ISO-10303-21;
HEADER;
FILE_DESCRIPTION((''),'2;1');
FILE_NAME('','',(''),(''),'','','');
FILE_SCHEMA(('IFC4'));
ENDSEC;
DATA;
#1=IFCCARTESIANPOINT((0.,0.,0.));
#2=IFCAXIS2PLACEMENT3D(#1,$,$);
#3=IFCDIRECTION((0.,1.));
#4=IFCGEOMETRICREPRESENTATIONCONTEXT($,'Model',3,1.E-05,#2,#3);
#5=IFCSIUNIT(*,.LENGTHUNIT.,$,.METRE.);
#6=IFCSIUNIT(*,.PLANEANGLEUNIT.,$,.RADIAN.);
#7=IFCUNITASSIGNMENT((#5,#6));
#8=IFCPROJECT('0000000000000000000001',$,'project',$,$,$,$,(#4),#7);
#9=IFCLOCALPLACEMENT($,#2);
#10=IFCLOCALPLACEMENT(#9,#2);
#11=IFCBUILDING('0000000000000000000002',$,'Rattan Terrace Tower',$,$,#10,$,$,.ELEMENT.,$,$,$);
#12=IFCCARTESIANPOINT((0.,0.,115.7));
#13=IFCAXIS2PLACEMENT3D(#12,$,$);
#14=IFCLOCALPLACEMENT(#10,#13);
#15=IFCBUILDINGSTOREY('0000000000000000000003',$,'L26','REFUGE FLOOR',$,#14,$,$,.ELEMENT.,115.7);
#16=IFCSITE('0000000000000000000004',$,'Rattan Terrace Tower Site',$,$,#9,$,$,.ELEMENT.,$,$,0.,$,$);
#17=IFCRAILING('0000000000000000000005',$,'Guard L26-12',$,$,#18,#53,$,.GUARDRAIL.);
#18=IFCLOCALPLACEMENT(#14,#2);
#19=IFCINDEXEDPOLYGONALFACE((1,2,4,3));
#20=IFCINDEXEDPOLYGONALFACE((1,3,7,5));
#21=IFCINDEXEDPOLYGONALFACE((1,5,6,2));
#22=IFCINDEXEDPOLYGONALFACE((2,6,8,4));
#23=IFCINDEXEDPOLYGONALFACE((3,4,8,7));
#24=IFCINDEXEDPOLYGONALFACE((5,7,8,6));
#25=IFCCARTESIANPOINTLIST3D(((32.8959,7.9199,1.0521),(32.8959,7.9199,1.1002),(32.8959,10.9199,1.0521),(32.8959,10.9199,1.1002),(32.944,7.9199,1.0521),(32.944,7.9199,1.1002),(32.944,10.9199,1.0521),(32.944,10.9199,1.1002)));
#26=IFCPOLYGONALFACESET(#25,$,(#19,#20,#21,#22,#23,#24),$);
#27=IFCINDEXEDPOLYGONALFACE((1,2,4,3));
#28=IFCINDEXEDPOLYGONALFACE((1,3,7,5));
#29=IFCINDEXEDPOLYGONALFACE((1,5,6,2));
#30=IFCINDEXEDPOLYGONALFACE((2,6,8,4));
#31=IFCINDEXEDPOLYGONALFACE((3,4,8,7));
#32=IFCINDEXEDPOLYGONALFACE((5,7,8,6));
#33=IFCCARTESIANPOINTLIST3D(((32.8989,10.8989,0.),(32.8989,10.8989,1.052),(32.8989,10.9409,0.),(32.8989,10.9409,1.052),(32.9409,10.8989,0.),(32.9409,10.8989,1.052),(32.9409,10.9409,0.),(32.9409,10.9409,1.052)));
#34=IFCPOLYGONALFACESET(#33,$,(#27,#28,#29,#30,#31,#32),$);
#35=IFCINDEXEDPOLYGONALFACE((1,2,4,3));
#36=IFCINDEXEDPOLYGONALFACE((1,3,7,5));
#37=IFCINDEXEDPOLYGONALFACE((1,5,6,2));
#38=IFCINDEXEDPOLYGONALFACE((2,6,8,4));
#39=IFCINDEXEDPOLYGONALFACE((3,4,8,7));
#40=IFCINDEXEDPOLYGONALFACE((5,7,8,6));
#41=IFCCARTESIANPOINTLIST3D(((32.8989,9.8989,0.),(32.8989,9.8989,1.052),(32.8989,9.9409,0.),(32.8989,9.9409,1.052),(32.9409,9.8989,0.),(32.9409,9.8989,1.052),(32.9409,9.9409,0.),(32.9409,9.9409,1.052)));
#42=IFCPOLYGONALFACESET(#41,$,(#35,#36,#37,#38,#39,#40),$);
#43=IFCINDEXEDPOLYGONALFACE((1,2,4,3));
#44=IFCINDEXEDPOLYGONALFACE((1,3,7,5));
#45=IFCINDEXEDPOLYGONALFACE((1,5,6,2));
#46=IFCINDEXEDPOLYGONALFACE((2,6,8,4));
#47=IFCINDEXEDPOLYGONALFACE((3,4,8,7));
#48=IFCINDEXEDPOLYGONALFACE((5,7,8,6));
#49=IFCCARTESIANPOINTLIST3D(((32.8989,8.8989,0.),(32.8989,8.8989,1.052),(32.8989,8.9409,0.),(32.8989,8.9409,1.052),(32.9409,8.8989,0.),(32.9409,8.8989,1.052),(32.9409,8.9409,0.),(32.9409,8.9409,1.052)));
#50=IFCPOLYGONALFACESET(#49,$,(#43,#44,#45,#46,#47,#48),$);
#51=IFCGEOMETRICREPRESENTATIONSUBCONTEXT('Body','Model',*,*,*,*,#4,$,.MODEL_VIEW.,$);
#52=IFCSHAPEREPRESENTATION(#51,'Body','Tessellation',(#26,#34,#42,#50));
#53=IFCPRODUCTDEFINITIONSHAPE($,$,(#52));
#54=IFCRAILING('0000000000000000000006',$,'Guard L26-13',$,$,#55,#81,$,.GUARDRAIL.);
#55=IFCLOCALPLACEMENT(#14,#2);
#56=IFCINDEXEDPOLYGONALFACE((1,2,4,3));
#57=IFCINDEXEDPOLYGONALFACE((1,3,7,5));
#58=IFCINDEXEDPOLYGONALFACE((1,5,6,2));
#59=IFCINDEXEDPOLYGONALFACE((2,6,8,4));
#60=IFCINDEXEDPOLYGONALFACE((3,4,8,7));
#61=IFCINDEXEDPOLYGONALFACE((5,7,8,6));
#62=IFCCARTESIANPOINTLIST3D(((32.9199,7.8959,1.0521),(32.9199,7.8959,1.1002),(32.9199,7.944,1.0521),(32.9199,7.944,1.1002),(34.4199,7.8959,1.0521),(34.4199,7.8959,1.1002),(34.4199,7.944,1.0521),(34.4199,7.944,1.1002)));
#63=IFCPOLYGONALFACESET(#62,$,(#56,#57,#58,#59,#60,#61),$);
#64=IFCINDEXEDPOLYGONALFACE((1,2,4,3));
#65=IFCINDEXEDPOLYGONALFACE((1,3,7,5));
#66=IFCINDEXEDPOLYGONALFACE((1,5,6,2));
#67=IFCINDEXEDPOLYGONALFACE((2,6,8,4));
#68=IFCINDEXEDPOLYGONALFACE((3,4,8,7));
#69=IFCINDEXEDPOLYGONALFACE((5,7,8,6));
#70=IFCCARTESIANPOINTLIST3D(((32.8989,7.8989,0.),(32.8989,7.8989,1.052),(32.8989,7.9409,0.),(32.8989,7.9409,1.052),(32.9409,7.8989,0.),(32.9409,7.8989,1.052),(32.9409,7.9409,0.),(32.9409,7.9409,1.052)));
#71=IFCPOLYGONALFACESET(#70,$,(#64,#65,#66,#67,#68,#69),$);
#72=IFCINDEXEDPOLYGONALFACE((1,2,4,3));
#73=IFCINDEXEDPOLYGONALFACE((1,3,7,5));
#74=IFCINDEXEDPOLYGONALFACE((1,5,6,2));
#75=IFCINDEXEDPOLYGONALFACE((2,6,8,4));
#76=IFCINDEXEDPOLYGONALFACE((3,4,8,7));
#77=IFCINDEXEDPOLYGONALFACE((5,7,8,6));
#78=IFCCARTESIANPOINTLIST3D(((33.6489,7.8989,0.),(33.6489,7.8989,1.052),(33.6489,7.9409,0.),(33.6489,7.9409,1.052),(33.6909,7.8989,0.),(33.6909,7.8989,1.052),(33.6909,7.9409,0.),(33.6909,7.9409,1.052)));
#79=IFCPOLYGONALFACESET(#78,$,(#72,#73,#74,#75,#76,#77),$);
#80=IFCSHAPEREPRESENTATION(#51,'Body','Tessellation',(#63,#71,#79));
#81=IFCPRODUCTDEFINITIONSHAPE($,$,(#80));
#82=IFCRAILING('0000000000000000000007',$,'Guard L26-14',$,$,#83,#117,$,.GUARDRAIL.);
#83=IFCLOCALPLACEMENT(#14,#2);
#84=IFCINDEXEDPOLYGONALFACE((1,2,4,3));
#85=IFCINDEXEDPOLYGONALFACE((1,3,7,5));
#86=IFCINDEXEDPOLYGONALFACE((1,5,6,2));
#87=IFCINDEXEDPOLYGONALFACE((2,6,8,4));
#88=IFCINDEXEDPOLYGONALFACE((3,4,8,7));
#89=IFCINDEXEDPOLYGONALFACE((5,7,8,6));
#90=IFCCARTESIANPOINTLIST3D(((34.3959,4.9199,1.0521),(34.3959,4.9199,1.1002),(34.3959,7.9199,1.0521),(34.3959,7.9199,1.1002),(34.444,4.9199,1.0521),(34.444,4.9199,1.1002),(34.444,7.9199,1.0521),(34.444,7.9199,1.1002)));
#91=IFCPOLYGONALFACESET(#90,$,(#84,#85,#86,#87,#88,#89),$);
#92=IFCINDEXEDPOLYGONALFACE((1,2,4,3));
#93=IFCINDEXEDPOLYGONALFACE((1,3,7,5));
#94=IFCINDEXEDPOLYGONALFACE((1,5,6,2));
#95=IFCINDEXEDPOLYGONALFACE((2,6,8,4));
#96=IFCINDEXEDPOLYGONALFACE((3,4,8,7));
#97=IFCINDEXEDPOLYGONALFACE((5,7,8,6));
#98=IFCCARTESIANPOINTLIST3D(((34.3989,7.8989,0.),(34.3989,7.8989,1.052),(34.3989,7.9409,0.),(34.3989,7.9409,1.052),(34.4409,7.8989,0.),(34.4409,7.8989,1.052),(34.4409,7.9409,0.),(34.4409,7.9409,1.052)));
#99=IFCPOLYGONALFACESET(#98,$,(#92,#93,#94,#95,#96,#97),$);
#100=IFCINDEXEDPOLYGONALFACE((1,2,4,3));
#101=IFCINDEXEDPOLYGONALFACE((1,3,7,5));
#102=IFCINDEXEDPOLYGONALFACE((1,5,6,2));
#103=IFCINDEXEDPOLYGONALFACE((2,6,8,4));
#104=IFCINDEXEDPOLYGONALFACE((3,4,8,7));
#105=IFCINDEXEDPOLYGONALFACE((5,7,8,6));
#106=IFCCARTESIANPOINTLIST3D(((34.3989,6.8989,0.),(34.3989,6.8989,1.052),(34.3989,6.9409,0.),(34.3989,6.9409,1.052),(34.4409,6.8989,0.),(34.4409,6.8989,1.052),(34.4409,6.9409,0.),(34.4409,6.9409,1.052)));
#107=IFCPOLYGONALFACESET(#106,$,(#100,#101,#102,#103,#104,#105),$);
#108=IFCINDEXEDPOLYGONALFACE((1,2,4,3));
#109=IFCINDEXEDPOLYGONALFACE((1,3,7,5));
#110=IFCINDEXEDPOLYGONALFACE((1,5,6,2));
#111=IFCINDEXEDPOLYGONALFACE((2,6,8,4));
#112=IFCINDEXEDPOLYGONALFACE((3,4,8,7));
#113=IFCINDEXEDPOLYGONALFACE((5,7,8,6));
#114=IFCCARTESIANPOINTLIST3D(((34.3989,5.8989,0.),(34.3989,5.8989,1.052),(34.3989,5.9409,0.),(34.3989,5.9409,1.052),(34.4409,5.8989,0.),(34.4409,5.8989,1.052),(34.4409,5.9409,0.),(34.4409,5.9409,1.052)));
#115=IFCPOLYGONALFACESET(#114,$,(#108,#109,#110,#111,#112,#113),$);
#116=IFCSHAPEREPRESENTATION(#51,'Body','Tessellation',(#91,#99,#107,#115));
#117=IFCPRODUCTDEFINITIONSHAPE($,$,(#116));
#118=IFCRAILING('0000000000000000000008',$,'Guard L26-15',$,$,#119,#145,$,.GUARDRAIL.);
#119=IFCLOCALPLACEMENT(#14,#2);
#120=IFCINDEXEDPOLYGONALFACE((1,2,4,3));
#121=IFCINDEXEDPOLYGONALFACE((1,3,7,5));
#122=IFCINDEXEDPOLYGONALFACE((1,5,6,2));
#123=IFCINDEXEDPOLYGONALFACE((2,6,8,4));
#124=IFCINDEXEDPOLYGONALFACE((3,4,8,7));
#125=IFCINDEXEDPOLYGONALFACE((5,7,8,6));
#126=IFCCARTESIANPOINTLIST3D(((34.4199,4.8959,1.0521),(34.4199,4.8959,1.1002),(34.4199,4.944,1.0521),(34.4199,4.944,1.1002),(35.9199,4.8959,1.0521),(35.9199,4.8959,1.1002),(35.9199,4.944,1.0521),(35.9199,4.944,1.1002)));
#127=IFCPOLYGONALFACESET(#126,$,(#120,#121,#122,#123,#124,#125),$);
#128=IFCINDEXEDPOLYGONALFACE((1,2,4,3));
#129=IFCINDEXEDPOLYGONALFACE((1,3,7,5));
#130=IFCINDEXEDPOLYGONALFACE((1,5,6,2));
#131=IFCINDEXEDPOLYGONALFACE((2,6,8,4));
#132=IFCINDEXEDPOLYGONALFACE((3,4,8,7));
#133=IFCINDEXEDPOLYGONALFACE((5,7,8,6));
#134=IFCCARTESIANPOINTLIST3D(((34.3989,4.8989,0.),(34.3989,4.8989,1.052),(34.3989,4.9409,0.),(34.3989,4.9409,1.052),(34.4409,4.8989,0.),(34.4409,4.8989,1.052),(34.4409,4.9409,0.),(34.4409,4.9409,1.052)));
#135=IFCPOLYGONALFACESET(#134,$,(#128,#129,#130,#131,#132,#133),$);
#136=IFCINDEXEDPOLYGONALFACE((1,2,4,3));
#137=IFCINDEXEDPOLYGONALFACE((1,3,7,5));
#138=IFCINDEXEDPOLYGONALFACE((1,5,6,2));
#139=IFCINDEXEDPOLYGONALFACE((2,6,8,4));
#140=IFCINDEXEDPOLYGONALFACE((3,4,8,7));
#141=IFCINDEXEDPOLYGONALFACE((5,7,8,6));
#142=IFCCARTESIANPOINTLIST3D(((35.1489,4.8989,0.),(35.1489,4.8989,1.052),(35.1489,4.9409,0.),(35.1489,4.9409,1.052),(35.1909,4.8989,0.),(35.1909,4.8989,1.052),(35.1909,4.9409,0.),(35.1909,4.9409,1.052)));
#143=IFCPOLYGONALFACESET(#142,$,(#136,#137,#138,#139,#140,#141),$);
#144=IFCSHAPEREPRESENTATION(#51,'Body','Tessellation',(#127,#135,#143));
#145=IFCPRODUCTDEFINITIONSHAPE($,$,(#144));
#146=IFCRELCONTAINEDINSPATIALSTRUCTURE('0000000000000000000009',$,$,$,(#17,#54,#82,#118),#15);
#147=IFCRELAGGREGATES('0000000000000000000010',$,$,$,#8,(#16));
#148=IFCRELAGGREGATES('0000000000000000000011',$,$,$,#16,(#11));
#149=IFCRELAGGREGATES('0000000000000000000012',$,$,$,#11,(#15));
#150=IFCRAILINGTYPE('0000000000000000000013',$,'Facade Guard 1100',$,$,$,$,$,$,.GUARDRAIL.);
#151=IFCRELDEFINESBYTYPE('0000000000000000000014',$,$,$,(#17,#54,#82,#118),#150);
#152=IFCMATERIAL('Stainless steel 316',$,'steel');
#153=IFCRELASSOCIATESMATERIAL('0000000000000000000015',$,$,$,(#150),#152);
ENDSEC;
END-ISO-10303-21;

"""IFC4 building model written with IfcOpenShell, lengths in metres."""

from ifc_helpers import new_model, si_unit, direction, frame, origin, origin_2d, place, context, subcontext, project, spatial, rectangle, extrude, material, type_object, element, save


model = new_model("IFC4")

# Units and contexts
model_context = context("Model", 3, precision=1e-05, world=origin(), true_north=direction((0.0, 1.0)))
body_context = subcontext(model_context, "Body", "Model", "MODEL_VIEW")
ifc_project = project(units=[si_unit("LENGTHUNIT", "METRE"), si_unit("PLANEANGLEUNIT", "RADIAN")], contexts=[model_context])

# Site, building, storey
site_placement = place(None, origin())
site = spatial("IfcSite", under=ifc_project, at=site_placement, Name="Rattan Terrace Tower Site", CompositionType="ELEMENT", RefElevation=0.0)
building_placement = place(site_placement, origin())
building = spatial("IfcBuilding", under=site, at=building_placement, Name="Rattan Terrace Tower", CompositionType="ELEMENT")
storey_placement = place(building_placement, frame((0.0, 0.0, 115.7)))
storey = spatial("IfcBuildingStorey", under=building, at=storey_placement, Name="L26", Description="REFUGE FLOOR", CompositionType="ELEMENT", Elevation=115.7)

# Railings
ifc_material_1 = material(Name="Stainless steel 316", Category="steel")
railing_type_1 = type_object("IfcRailingType", Name="Facade Guard 1100", PredefinedType="GUARDRAIL", material=ifc_material_1)
railing_1_placement = place(storey_placement, frame((32.9199, 10.9199, 0.0)))
element("IfcRailing", 1, at=railing_1_placement, inside=storey, type_object=railing_type_1, Name="Guard L26-12", PredefinedType="GUARDRAIL", context=body_context, shape_type="SweptSolid", body=[
    extrude(rectangle(XDim=0.0481, YDim=0.0481, at=origin_2d()), frame((0.0, 0.0, 1.0762), z_axis=(0.0, -1.0, 0.0), x_axis=(1.0, 0.0, 0.0)), (0.0, 0.0, 1.0), 3.0),
    extrude(rectangle(XDim=0.042, YDim=0.042, at=origin_2d()), origin(), (0.0, 0.0, 1.0), 1.052),
    extrude(rectangle(XDim=0.042, YDim=0.042, at=origin_2d()), frame((0.0, -1.0, 0.0)), (0.0, 0.0, 1.0), 1.052),
    extrude(rectangle(XDim=0.042, YDim=0.042, at=origin_2d()), frame((0.0, -2.0, 0.0)), (0.0, 0.0, 1.0), 1.052),
])
railing_2_placement = place(storey_placement, frame((32.9199, 7.9199, 0.0)))
element("IfcRailing", 2, at=railing_2_placement, inside=storey, type_object=railing_type_1, Name="Guard L26-13", PredefinedType="GUARDRAIL", context=body_context, shape_type="SweptSolid", body=[
    extrude(rectangle(XDim=0.0481, YDim=0.0481, at=origin_2d()), frame((0.0, 0.0, 1.0762), z_axis=(1.0, 0.0, 0.0), x_axis=(0.0, 1.0, 0.0)), (0.0, 0.0, 1.0), 1.5),
    extrude(rectangle(XDim=0.042, YDim=0.042, at=origin_2d()), origin(), (0.0, 0.0, 1.0), 1.052),
    extrude(rectangle(XDim=0.042, YDim=0.042, at=origin_2d()), frame((0.75, 0.0, 0.0)), (0.0, 0.0, 1.0), 1.052),
])
railing_3_placement = place(storey_placement, frame((34.4199, 7.9199, 0.0)))
element("IfcRailing", 3, at=railing_3_placement, inside=storey, type_object=railing_type_1, Name="Guard L26-14", PredefinedType="GUARDRAIL", context=body_context, shape_type="SweptSolid", body=[
    extrude(rectangle(XDim=0.0481, YDim=0.0481, at=origin_2d()), frame((0.0, 0.0, 1.0762), z_axis=(0.0, -1.0, 0.0), x_axis=(1.0, 0.0, 0.0)), (0.0, 0.0, 1.0), 3.0),
    extrude(rectangle(XDim=0.042, YDim=0.042, at=origin_2d()), origin(), (0.0, 0.0, 1.0), 1.052),
    extrude(rectangle(XDim=0.042, YDim=0.042, at=origin_2d()), frame((0.0, -1.0, 0.0)), (0.0, 0.0, 1.0), 1.052),
    extrude(rectangle(XDim=0.042, YDim=0.042, at=origin_2d()), frame((0.0, -2.0, 0.0)), (0.0, 0.0, 1.0), 1.052),
])
railing_4_placement = place(storey_placement, frame((34.4199, 4.9199, 0.0)))
element("IfcRailing", 4, at=railing_4_placement, inside=storey, type_object=railing_type_1, Name="Guard L26-15", PredefinedType="GUARDRAIL", context=body_context, shape_type="SweptSolid", body=[
    extrude(rectangle(XDim=0.0481, YDim=0.0481, at=origin_2d()), frame((0.0, 0.0, 1.0762), z_axis=(1.0, 0.0, 0.0), x_axis=(0.0, 1.0, 0.0)), (0.0, 0.0, 1.0), 1.5),
    extrude(rectangle(XDim=0.042, YDim=0.042, at=origin_2d()), origin(), (0.0, 0.0, 1.0), 1.052),
    extrude(rectangle(XDim=0.042, YDim=0.042, at=origin_2d()), frame((0.75, 0.0, 0.0)), (0.0, 0.0, 1.0), 1.052),
])

save(model, "model.ifc")
